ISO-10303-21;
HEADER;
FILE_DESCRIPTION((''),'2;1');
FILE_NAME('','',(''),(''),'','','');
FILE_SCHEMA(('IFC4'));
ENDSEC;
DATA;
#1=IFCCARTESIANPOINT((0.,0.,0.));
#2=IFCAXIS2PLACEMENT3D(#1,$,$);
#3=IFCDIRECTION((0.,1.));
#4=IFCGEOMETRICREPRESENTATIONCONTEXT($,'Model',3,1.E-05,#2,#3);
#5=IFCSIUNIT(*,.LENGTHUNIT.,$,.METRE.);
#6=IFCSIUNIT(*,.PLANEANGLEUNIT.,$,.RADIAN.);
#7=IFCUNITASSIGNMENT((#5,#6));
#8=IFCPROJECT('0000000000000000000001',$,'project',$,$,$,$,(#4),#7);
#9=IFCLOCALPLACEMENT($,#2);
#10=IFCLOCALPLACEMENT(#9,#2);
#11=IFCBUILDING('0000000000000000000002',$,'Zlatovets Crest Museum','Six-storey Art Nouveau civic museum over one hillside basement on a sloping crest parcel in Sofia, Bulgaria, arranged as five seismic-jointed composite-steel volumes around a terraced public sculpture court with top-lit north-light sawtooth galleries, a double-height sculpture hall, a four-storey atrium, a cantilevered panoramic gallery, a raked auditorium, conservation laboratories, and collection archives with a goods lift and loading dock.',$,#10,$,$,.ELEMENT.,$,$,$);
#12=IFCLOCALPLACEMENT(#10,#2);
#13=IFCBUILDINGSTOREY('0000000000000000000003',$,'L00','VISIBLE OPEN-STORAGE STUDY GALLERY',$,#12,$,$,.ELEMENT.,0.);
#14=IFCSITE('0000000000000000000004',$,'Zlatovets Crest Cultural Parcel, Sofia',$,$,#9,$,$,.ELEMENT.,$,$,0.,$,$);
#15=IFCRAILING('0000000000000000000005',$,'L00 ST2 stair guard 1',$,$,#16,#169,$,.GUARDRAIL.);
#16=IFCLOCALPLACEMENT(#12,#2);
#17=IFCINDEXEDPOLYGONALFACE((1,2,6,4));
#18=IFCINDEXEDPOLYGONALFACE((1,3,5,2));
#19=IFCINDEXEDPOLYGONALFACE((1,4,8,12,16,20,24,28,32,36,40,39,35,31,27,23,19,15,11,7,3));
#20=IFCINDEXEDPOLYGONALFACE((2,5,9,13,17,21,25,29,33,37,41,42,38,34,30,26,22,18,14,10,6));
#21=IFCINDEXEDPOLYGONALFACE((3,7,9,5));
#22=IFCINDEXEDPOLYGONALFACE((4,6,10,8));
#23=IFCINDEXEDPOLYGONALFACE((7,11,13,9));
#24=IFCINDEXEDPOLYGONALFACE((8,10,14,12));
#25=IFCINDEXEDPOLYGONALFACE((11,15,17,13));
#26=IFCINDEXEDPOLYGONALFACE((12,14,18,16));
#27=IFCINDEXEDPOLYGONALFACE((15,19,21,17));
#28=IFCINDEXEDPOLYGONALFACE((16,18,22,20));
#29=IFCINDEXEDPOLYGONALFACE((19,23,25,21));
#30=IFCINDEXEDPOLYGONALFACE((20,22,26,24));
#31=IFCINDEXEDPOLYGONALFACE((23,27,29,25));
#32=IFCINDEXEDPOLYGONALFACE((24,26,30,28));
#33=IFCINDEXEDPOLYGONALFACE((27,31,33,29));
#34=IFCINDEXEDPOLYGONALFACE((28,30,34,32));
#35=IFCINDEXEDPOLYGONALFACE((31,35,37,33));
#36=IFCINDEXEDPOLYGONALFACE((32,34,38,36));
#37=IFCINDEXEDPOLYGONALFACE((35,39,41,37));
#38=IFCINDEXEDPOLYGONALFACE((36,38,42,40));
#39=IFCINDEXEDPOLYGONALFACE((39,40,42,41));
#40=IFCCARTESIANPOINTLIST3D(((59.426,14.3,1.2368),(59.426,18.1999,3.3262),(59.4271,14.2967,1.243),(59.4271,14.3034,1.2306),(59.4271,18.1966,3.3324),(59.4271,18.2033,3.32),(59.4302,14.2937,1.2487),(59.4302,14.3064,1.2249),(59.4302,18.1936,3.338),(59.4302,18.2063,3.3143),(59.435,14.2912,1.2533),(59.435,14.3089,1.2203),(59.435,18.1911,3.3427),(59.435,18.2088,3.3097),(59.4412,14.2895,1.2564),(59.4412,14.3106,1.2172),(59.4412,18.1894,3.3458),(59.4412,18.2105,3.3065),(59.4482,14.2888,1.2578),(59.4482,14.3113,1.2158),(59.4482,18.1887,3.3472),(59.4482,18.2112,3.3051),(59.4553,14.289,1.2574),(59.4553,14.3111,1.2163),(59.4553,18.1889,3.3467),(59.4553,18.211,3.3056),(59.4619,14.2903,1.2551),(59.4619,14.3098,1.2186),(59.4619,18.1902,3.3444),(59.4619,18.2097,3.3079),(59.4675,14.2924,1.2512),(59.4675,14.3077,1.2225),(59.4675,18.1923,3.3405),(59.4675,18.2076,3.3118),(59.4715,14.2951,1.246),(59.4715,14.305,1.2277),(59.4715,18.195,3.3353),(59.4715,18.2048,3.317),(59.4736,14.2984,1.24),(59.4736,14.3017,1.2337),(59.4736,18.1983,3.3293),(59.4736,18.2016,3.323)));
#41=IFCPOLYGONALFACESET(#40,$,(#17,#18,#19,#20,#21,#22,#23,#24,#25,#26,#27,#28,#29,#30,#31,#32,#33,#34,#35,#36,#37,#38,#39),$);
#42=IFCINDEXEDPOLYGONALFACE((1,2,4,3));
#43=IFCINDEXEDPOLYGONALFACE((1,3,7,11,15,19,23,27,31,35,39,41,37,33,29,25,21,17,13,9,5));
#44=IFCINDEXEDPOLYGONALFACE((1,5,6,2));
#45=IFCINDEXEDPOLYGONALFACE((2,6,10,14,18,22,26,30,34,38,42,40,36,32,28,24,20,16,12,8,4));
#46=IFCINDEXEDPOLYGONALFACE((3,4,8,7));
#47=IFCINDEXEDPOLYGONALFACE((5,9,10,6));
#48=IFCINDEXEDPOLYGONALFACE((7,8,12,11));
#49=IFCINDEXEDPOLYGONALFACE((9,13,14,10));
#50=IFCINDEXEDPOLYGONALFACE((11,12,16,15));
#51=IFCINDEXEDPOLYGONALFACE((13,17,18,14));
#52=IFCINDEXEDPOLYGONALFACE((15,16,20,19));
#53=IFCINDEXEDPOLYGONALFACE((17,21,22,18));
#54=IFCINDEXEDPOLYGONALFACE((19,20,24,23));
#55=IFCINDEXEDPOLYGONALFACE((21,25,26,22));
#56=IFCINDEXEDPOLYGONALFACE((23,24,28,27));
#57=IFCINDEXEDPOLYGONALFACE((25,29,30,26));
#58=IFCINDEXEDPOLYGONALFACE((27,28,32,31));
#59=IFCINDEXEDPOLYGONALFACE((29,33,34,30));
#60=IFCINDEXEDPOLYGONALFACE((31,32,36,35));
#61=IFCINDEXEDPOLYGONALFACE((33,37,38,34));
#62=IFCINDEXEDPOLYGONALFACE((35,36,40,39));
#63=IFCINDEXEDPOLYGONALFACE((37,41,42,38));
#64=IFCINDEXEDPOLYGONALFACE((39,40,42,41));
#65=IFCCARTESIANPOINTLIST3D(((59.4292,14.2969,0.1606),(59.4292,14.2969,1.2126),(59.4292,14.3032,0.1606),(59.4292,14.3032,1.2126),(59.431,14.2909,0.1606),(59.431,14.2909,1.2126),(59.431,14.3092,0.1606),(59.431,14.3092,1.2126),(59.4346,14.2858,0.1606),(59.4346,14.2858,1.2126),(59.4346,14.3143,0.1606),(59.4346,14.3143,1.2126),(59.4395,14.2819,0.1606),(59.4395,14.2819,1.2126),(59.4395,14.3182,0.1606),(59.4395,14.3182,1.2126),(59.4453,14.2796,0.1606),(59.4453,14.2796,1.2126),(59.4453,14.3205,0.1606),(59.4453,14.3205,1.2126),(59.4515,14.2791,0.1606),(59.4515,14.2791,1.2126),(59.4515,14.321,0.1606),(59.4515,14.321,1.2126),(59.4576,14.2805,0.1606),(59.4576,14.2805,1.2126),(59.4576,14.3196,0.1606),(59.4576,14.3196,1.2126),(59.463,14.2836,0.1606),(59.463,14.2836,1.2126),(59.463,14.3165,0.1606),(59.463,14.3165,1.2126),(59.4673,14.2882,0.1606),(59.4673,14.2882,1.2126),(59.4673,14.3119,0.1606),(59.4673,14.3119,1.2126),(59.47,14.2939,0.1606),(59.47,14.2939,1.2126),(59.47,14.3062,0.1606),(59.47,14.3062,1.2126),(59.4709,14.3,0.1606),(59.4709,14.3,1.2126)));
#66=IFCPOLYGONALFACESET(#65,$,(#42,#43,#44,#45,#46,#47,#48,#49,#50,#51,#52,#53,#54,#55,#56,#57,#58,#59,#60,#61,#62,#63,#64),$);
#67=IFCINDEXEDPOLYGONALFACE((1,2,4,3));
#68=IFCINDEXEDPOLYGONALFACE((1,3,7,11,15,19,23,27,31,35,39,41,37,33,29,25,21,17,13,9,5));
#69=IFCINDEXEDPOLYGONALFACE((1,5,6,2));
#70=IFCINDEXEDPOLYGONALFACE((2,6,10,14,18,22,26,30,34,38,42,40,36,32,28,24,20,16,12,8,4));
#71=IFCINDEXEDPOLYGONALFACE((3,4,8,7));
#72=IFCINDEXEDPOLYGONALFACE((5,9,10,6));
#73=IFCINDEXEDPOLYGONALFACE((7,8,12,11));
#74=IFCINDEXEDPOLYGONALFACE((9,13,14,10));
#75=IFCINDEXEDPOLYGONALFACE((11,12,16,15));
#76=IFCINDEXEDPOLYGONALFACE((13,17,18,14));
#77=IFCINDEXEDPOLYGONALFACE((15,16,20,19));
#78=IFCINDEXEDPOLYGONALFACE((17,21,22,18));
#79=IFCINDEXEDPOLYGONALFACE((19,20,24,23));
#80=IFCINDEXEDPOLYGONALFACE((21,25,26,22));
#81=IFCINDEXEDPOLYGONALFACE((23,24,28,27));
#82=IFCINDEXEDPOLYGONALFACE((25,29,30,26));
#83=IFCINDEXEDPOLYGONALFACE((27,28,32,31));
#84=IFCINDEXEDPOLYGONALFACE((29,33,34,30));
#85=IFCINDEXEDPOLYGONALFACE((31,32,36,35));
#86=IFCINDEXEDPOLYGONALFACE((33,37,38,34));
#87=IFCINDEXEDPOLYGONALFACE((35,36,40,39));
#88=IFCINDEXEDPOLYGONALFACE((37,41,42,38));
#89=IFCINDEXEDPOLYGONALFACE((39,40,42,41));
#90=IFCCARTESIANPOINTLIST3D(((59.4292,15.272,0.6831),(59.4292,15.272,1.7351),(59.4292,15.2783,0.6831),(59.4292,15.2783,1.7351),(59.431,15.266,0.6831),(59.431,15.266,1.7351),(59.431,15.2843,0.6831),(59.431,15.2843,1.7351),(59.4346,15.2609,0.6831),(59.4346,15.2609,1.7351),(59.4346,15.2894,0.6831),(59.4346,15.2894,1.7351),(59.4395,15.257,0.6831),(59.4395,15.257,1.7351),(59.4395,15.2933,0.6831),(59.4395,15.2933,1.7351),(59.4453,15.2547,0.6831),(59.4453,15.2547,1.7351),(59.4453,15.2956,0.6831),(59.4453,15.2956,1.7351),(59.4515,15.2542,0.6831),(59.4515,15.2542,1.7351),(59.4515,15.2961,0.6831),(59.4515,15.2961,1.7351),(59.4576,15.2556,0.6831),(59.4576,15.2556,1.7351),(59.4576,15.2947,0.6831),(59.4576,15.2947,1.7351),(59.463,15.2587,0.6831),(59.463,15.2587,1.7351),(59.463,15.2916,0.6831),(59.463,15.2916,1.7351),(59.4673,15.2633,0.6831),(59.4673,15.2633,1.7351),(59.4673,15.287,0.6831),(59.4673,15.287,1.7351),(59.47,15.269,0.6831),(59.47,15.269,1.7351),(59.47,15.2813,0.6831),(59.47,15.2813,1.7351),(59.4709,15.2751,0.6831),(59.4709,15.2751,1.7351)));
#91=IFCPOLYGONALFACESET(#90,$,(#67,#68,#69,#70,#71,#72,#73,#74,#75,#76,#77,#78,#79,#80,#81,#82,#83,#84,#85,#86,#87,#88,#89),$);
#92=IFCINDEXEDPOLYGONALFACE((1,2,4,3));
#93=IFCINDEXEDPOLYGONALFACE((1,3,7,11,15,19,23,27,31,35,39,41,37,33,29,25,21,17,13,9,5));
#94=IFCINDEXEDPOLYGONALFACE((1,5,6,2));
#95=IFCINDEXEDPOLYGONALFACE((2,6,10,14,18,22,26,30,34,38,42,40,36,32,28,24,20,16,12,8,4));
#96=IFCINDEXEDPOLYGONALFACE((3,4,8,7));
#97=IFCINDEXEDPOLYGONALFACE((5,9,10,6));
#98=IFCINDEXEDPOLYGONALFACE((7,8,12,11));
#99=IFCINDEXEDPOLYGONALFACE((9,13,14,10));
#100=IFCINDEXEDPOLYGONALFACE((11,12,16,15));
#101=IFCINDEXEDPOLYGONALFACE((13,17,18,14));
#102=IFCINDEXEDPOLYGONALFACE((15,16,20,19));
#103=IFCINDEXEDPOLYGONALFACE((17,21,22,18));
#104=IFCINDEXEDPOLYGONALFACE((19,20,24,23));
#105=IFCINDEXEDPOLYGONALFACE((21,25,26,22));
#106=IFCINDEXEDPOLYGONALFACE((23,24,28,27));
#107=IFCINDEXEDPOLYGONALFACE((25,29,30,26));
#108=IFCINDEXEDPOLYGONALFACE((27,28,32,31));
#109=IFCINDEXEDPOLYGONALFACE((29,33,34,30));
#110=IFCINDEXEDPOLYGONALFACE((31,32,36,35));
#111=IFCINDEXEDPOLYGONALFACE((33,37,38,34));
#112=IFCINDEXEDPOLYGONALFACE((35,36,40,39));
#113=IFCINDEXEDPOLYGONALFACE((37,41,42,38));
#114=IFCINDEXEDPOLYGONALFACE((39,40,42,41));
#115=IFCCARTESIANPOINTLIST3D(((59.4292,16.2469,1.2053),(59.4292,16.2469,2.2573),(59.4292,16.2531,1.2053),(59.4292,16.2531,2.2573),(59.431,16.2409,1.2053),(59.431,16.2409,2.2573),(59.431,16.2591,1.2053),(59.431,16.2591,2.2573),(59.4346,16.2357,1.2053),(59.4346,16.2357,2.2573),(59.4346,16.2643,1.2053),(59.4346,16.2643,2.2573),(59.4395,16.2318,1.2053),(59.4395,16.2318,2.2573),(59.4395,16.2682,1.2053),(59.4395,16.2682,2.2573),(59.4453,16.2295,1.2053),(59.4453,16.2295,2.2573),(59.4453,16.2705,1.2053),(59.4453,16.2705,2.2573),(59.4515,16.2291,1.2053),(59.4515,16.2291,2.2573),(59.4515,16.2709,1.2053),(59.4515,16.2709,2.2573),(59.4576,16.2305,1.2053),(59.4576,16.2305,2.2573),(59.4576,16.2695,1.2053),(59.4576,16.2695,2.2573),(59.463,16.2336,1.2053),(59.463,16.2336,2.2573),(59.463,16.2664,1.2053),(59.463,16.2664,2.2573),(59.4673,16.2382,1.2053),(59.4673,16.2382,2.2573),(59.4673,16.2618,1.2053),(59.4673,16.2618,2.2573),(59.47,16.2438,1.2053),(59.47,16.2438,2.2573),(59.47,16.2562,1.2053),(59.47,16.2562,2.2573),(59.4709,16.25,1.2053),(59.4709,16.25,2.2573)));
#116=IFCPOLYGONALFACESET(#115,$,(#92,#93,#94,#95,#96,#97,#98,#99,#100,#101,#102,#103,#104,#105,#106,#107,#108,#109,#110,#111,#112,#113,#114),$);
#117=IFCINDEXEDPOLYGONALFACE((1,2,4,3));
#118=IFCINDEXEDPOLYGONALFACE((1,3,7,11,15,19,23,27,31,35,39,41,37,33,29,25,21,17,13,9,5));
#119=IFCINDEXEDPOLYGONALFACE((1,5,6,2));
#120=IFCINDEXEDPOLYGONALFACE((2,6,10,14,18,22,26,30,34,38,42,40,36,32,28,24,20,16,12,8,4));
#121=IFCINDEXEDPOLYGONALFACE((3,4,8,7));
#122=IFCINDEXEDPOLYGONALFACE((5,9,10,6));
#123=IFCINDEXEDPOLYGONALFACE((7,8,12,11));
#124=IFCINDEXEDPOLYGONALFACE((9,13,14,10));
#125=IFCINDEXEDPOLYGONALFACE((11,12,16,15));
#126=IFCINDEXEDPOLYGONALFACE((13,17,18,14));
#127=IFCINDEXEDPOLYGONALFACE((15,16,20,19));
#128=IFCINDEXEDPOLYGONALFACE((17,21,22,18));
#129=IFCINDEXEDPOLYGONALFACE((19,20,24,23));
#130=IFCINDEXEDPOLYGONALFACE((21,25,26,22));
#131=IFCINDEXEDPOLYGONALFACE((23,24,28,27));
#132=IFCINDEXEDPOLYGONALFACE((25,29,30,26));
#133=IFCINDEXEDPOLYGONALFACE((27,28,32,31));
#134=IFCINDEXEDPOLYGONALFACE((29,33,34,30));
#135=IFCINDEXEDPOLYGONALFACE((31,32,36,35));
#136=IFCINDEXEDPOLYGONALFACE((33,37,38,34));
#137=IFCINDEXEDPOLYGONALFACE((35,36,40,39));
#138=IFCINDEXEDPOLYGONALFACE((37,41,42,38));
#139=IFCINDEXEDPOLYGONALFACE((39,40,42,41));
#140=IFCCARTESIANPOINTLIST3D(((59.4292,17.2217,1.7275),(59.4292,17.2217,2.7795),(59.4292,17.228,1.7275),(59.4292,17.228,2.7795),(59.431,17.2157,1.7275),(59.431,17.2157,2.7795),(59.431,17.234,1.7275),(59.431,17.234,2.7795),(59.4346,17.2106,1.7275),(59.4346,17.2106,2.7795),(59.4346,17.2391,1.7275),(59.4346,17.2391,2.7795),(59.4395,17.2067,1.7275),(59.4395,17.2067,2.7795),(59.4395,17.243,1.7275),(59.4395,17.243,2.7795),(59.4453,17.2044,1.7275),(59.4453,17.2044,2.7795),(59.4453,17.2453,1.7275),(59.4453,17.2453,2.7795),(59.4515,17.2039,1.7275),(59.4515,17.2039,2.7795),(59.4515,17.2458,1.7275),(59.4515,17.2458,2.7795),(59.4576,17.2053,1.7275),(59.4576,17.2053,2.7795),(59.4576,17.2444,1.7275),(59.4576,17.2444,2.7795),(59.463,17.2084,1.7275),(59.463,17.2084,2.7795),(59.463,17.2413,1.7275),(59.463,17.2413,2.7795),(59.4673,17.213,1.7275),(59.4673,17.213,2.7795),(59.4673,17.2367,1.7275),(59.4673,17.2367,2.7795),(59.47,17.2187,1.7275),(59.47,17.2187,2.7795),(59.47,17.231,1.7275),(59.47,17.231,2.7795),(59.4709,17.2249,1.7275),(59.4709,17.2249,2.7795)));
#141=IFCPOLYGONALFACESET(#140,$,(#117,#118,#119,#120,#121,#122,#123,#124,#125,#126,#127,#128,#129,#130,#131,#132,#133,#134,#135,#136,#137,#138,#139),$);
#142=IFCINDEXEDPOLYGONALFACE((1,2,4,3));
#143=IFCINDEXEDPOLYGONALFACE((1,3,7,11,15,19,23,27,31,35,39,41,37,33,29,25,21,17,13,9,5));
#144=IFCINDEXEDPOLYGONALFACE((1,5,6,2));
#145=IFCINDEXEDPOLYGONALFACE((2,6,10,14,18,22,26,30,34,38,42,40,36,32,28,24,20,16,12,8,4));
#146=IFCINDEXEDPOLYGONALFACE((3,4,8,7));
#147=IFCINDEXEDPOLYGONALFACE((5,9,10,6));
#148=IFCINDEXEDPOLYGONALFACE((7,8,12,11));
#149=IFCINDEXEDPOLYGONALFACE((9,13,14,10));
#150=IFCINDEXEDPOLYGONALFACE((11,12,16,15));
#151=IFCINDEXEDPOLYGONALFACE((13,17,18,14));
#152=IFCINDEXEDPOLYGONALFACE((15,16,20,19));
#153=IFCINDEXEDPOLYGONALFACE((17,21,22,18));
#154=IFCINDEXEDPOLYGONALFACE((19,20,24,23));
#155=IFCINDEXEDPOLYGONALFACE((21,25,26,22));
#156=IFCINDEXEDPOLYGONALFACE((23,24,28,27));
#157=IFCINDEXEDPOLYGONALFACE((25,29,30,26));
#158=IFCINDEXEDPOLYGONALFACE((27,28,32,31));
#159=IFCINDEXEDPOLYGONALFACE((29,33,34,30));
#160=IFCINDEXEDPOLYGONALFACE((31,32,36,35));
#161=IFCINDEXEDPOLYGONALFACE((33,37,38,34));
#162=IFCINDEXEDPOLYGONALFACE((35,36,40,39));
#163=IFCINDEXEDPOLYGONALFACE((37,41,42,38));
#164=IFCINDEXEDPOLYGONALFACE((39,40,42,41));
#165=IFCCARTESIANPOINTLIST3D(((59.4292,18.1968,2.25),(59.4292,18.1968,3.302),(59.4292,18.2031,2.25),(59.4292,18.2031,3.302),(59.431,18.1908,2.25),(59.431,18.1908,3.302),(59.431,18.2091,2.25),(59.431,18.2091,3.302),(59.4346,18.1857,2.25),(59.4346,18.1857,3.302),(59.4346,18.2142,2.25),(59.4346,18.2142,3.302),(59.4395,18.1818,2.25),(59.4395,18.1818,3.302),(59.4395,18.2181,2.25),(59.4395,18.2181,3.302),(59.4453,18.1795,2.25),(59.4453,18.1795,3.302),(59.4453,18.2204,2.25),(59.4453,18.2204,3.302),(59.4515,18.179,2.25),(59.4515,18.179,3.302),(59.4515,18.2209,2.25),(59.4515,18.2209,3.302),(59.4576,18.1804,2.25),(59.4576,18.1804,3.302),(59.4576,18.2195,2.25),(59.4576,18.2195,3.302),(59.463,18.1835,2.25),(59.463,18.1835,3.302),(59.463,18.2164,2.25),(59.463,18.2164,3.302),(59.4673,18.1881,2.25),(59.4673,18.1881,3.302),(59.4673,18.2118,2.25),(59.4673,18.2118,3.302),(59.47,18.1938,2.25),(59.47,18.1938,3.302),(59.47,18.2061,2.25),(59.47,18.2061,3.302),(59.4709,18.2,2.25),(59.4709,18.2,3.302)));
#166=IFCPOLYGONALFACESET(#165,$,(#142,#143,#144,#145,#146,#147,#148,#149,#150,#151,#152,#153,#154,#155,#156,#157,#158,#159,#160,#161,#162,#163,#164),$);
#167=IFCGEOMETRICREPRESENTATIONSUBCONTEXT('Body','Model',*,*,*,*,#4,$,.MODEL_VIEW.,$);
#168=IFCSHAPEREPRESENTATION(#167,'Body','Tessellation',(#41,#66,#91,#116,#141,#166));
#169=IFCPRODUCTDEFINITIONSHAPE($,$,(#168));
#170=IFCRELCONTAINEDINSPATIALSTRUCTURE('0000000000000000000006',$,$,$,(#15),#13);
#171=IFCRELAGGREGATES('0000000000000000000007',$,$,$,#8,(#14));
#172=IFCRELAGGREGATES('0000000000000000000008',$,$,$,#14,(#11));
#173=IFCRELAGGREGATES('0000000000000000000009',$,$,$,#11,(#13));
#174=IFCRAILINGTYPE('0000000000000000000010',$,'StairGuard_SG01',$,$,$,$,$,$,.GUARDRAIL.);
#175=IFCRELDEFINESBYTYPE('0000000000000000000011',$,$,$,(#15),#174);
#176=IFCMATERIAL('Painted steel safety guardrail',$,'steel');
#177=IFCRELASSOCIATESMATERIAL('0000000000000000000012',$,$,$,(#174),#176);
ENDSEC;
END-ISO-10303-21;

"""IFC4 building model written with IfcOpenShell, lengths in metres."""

from ifc_helpers import new_model, si_unit, direction, frame, origin, origin_2d, place, context, subcontext, project, spatial, circle, extrude, material, type_object, element, save


model = new_model("IFC4")

# Units and contexts
model_context = context("Model", 3, precision=1e-05, world=origin(), true_north=direction((0.0, 1.0)))
body_context = subcontext(model_context, "Body", "Model", "MODEL_VIEW")
ifc_project = project(units=[si_unit("LENGTHUNIT", "METRE"), si_unit("PLANEANGLEUNIT", "RADIAN")], contexts=[model_context])

# Site, building, storey
site_placement = place(None, origin())
site = spatial("IfcSite", under=ifc_project, at=site_placement, Name="Zlatovets Crest Cultural Parcel, Sofia", CompositionType="ELEMENT", RefElevation=0.0)
building_placement = place(site_placement, origin())
building = spatial("IfcBuilding", under=site, at=building_placement, Name="Zlatovets Crest Museum", Description="Six-storey Art Nouveau civic museum over one hillside basement on a sloping crest parcel in Sofia, Bulgaria, arranged as five seismic-jointed composite-steel volumes around a terraced public sculpture court with top-lit north-light sawtooth galleries, a double-height sculpture hall, a four-storey atrium, a cantilevered panoramic gallery, a raked auditorium, conservation laboratories, and collection archives with a goods lift and loading dock.", CompositionType="ELEMENT")
storey_placement = place(building_placement, origin())
storey = spatial("IfcBuildingStorey", under=building, at=storey_placement, Name="L00", Description="VISIBLE OPEN-STORAGE STUDY GALLERY", CompositionType="ELEMENT", Elevation=0.0)

# Railing
ifc_material_1 = material(Name="Painted steel safety guardrail", Category="steel")
railing_type = type_object("IfcRailingType", Name="StairGuard_SG01", PredefinedType="GUARDRAIL", material=ifc_material_1)
railing_1_placement = place(storey_placement, frame((59.45, 14.3, 0.1606)))
element("IfcRailing", 1, at=railing_1_placement, inside=storey, type_object=railing_type, Name="L00 ST2 stair guard 1", PredefinedType="GUARDRAIL", context=body_context, shape_type="SweptSolid", body=[
    extrude(circle(Radius=0.0239, at=origin_2d()), frame((0.0, 0.0, 1.0762), z_axis=(0.0, 0.881468, 0.472243), x_axis=(-1.0, 0.0, 0.0)), (0.0, 0.0, 1.0), 4.4243),
    extrude(circle(Radius=0.021, at=origin_2d()), origin(), (0.0, 0.0, 1.0), 1.052),
    extrude(circle(Radius=0.021, at=origin_2d()), frame((0.0, 0.9751, 0.5225)), (0.0, 0.0, 1.0), 1.052),
    extrude(circle(Radius=0.021, at=origin_2d()), frame((0.0, 1.95, 1.0447)), (0.0, 0.0, 1.0), 1.052),
    extrude(circle(Radius=0.021, at=origin_2d()), frame((0.0, 2.9248, 1.5669)), (0.0, 0.0, 1.0), 1.052),
    extrude(circle(Radius=0.021, at=origin_2d()), frame((0.0, 3.8999, 2.0894)), (0.0, 0.0, 1.0), 1.052),
])

save(model, "model.ifc")
